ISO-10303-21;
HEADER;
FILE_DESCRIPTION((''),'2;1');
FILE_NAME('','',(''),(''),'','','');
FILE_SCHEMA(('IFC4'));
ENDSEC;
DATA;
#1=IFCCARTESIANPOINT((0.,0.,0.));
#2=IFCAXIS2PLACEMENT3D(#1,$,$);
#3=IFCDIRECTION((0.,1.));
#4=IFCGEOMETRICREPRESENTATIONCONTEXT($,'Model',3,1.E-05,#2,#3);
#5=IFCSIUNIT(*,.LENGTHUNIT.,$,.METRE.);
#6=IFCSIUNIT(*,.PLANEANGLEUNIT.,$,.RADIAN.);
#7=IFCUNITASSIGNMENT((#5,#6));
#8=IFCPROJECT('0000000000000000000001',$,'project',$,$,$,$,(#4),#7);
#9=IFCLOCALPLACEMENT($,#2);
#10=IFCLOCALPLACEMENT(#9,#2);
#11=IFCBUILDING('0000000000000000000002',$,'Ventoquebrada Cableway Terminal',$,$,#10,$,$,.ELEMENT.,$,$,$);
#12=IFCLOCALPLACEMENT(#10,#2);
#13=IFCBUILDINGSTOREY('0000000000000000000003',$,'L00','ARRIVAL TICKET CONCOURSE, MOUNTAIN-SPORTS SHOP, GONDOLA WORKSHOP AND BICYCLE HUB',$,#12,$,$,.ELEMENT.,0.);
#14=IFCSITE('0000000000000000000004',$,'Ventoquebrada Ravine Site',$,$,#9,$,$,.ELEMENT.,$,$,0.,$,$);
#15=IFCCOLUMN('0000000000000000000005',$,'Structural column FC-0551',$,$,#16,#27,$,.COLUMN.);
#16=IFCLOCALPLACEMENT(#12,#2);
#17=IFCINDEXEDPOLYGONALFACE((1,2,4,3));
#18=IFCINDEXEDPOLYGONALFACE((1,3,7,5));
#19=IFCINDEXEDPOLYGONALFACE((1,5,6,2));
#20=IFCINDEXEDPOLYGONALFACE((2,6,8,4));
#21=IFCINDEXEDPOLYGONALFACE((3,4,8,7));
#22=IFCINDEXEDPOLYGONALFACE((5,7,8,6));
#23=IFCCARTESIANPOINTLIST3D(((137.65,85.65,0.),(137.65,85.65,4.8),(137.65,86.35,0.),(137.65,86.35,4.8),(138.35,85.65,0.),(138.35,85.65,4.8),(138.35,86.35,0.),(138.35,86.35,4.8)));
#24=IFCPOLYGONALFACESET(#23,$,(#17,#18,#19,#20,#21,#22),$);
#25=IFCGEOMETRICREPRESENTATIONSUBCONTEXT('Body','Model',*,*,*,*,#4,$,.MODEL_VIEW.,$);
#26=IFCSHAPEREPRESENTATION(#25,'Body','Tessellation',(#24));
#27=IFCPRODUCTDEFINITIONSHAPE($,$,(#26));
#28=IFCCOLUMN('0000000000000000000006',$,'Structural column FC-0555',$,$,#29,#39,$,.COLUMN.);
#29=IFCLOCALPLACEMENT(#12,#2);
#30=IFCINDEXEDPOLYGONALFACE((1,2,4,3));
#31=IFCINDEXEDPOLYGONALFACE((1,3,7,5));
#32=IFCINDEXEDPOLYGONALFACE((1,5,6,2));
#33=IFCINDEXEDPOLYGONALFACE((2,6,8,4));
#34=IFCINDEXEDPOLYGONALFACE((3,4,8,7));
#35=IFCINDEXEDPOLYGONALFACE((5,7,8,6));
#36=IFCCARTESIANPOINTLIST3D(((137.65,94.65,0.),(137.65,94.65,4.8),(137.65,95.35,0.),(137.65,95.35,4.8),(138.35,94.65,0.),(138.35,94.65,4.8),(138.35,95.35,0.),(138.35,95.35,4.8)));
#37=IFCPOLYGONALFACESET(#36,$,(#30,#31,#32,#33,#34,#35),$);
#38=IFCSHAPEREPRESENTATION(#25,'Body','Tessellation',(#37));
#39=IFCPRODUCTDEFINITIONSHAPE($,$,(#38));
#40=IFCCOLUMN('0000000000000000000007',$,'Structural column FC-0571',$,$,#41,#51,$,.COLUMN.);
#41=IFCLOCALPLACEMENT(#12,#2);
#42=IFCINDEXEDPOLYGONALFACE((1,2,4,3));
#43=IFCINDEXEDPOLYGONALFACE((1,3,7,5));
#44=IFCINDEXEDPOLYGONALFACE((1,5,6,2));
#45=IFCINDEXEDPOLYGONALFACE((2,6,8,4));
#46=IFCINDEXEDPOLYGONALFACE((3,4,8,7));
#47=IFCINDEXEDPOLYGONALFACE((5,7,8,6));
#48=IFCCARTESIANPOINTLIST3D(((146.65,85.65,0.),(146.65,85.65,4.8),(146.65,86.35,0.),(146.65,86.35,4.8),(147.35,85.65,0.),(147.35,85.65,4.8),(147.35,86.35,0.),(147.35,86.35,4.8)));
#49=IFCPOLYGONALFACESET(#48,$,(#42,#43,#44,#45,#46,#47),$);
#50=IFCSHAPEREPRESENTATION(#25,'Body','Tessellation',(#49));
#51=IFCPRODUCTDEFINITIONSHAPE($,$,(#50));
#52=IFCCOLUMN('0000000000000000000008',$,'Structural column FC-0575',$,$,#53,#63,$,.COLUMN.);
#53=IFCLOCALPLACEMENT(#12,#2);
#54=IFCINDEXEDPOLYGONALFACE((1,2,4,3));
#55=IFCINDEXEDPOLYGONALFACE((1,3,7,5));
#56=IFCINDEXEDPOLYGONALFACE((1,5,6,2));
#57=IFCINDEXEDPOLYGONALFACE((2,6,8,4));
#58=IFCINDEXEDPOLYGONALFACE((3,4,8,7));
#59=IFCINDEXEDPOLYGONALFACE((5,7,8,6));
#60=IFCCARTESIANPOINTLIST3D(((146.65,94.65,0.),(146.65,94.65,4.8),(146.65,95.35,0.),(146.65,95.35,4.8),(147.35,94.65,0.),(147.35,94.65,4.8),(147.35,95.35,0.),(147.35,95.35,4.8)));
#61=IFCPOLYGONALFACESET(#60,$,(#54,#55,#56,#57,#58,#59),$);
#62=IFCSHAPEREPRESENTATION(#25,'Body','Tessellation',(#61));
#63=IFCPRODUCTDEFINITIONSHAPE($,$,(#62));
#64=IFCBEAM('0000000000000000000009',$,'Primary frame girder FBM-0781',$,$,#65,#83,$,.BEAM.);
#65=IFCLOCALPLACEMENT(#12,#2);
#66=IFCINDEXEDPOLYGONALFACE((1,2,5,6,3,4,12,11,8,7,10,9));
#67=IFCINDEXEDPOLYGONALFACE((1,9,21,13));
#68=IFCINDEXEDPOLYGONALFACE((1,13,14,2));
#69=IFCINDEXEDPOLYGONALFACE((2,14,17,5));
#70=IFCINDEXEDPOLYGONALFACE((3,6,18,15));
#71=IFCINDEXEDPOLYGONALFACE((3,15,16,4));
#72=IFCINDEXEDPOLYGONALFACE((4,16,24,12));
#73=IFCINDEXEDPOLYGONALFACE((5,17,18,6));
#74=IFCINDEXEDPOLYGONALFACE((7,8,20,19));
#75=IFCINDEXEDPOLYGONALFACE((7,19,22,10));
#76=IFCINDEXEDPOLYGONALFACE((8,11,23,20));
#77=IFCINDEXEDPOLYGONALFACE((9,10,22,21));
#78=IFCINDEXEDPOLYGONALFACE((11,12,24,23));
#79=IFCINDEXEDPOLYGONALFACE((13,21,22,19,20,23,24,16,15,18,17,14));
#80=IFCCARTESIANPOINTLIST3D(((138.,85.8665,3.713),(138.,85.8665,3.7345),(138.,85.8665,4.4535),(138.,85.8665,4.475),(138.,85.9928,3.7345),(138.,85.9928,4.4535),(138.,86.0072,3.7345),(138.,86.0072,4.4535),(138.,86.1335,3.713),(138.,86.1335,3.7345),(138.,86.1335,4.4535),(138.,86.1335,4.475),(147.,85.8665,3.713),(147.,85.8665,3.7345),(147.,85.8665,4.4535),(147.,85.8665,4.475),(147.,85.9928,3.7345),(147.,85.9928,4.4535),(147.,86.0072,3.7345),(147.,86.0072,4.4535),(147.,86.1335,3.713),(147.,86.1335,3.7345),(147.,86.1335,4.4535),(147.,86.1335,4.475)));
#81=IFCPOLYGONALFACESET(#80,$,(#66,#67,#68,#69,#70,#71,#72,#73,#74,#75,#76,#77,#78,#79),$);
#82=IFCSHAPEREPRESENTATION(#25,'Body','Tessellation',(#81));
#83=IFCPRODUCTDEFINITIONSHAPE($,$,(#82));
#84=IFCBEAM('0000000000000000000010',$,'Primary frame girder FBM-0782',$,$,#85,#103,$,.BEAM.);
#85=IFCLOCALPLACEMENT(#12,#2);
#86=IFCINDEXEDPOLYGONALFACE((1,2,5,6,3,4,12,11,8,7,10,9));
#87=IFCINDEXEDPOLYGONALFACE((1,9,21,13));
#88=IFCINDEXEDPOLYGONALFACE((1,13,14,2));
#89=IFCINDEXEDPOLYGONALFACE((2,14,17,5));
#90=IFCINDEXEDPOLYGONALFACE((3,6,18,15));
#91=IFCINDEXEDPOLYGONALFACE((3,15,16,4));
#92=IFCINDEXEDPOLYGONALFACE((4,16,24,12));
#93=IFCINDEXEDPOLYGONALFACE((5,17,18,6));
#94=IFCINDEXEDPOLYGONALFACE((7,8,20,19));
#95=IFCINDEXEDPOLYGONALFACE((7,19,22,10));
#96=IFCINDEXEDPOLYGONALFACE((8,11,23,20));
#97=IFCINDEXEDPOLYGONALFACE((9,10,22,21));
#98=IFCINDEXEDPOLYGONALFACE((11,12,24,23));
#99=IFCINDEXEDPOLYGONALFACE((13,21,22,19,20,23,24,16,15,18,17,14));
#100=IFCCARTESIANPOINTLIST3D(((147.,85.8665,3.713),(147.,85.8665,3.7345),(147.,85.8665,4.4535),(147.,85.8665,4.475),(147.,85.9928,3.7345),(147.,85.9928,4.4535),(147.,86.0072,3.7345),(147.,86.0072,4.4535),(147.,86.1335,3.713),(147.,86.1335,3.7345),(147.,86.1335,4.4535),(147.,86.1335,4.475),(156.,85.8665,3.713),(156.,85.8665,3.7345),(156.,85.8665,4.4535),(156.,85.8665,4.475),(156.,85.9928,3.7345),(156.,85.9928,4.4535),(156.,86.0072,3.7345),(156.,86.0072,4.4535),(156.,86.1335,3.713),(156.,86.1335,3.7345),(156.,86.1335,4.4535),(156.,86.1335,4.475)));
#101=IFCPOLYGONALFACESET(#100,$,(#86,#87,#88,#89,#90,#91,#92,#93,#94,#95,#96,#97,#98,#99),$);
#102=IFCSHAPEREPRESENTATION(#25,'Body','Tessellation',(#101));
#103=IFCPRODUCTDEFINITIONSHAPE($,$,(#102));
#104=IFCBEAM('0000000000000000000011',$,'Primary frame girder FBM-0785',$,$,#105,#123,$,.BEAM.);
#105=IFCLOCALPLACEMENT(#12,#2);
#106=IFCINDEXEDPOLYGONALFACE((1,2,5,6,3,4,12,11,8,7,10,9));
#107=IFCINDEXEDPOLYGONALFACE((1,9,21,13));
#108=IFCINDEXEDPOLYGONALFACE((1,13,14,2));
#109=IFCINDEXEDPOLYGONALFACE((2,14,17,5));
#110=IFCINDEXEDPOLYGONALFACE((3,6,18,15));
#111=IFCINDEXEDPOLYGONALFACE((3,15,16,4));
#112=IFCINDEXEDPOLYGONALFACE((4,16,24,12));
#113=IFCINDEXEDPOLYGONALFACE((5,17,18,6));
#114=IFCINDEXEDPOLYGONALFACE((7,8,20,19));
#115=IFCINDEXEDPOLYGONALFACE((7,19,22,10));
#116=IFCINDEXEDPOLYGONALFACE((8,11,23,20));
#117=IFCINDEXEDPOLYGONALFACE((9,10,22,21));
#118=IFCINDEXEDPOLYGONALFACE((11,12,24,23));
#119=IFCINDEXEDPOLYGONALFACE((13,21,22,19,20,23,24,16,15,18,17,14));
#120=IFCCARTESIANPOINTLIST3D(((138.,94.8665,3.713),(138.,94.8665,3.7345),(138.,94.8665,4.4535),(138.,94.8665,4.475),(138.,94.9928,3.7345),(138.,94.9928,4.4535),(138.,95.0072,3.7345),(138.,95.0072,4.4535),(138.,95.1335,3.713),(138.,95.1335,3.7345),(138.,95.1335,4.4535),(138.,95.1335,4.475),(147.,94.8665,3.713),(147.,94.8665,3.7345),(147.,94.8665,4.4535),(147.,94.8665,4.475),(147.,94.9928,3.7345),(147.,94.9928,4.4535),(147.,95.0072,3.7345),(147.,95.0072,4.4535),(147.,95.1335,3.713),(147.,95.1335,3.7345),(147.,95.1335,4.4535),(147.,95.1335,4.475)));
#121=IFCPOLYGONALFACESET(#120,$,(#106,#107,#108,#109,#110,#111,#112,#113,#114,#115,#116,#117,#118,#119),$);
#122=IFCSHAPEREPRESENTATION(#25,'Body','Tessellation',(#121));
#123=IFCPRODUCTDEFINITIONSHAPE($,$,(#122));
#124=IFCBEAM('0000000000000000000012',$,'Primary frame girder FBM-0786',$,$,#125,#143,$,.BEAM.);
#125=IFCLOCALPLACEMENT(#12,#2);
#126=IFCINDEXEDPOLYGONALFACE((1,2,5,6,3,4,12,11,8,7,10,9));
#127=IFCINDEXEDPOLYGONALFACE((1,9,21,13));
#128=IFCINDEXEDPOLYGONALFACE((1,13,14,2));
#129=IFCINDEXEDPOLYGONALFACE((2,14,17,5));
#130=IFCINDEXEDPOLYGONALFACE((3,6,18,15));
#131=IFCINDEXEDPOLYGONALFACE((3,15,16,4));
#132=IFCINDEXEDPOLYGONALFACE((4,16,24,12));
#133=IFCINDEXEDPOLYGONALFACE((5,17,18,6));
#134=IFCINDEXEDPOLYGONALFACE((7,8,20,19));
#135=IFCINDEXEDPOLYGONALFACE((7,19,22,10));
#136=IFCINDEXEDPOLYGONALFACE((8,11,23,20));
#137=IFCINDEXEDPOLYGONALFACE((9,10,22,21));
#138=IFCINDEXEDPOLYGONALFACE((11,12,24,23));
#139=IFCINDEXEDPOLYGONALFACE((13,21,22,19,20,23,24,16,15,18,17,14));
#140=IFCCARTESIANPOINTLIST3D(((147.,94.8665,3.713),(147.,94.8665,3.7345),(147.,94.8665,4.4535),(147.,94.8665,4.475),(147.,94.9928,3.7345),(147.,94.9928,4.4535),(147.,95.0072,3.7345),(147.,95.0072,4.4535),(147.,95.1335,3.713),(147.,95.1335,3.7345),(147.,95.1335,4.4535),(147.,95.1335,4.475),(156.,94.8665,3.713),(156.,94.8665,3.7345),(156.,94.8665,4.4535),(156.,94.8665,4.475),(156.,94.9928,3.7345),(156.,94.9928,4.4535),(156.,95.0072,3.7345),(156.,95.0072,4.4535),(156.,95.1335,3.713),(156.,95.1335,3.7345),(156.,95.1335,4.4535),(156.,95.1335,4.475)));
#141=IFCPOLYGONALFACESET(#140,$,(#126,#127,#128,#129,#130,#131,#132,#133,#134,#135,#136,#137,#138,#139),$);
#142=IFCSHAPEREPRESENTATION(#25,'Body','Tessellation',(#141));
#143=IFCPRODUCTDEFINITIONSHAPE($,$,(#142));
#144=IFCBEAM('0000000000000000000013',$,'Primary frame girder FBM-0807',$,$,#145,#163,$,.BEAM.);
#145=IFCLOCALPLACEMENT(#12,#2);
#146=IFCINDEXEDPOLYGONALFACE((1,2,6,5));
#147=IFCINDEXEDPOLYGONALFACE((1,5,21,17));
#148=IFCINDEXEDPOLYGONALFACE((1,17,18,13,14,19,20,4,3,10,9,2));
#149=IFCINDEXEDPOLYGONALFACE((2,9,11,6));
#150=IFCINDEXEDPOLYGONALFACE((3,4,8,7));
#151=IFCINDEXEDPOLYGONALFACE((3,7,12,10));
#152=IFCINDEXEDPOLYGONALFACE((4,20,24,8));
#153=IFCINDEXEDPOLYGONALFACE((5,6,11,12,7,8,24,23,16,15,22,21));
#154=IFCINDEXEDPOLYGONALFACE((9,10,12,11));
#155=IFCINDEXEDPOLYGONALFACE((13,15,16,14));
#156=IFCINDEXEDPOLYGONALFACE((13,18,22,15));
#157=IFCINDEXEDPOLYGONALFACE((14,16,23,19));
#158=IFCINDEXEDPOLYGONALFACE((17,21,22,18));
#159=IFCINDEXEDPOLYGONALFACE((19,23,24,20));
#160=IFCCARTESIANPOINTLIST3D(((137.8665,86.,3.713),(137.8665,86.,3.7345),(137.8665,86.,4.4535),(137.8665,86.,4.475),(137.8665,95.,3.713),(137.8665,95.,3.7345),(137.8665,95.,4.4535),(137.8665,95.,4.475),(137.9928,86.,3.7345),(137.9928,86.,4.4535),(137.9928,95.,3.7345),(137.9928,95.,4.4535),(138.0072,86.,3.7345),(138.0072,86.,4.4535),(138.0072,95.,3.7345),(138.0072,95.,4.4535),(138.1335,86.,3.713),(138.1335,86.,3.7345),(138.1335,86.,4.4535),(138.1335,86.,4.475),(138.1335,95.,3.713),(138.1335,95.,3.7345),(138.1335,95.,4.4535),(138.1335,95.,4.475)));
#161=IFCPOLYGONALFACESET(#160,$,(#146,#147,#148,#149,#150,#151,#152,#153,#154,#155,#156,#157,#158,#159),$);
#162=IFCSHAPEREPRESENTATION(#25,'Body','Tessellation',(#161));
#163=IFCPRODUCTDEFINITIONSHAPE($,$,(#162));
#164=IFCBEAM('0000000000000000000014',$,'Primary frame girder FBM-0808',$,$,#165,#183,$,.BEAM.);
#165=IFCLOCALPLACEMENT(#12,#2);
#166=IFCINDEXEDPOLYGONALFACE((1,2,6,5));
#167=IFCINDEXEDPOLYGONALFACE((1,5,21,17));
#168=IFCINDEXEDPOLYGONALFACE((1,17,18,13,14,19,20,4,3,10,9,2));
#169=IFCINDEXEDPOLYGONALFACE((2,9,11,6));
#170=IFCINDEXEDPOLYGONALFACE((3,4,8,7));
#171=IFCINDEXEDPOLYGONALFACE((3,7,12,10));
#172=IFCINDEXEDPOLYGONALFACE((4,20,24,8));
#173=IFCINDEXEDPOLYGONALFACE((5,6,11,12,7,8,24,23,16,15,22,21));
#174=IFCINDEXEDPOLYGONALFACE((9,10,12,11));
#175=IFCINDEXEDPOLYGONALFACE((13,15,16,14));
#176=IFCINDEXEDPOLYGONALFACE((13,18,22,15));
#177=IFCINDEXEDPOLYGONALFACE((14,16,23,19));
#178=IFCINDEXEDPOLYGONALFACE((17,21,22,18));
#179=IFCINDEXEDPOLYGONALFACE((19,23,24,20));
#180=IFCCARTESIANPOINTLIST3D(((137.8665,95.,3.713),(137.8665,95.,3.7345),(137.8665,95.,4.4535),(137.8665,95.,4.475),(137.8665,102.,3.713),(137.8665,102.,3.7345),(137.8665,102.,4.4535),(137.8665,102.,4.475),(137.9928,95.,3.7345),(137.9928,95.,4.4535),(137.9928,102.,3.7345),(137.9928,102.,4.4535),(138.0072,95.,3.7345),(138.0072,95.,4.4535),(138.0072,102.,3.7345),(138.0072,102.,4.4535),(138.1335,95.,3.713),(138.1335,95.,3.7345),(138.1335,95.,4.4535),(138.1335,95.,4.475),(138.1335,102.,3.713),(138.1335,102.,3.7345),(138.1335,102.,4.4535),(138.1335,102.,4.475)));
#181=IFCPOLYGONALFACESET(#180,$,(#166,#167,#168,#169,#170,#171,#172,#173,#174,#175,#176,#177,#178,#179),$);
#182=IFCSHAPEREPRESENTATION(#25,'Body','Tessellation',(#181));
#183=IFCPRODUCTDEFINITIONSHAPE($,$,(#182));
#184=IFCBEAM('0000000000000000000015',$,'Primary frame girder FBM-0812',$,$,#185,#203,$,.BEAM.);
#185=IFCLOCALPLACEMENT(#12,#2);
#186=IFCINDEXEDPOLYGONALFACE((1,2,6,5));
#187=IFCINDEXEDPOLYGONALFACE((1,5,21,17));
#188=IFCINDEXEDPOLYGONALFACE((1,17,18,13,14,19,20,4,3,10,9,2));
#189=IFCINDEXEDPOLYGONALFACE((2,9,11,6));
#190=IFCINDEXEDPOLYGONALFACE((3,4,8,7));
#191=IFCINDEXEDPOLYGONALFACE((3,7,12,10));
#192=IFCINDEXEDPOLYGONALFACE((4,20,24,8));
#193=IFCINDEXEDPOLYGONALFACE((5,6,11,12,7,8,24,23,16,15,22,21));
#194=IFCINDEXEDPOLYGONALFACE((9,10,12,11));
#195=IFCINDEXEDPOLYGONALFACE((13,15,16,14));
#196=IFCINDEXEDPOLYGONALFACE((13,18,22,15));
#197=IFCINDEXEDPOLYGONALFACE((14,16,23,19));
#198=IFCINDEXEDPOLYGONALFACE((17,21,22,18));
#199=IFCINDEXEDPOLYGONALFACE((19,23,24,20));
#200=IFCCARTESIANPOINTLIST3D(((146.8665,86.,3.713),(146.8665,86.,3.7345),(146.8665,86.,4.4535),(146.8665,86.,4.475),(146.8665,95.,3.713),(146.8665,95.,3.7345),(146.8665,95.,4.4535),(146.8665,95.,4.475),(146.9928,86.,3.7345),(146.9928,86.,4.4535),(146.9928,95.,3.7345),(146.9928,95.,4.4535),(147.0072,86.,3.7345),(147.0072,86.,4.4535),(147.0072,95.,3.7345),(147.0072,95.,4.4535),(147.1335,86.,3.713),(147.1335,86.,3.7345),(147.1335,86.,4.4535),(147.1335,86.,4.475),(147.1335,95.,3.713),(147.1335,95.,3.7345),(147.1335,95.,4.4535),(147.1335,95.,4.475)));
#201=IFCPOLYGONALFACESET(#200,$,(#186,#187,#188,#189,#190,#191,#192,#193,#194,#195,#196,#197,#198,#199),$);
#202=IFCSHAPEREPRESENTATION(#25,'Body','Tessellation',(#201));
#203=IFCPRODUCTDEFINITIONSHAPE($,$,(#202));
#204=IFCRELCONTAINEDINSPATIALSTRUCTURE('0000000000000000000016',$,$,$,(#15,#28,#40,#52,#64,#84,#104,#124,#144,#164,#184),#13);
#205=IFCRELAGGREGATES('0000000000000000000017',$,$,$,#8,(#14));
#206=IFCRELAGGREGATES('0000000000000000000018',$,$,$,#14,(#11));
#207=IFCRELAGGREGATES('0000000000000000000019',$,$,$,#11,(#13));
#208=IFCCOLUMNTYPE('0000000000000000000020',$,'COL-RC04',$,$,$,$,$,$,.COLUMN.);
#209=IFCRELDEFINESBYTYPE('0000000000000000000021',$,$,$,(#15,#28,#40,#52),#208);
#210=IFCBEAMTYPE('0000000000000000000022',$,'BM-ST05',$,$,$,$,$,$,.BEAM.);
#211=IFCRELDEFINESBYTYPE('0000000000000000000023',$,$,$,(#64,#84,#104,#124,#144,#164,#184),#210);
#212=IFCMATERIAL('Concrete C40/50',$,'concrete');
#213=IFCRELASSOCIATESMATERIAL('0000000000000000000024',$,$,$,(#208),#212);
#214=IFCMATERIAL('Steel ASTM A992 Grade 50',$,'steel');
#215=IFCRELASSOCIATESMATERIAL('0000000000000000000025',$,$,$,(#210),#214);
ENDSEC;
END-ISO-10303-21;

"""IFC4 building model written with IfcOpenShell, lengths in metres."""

from ifc_helpers import new_model, si_unit, direction, frame, origin, origin_2d, place, context, subcontext, project, spatial, rectangle, i_section, extrude, material, material_profile, profile_set, type_object, element, save


model = new_model("IFC4")

# Units and contexts
model_context = context("Model", 3, precision=1e-05, world=origin(), true_north=direction((0.0, 1.0)))
body_context = subcontext(model_context, "Body", "Model", "MODEL_VIEW")
ifc_project = project(units=[si_unit("LENGTHUNIT", "METRE"), si_unit("PLANEANGLEUNIT", "RADIAN")], contexts=[model_context])

# Site, building, storey
site_placement = place(None, origin())
site = spatial("IfcSite", under=ifc_project, at=site_placement, Name="Ventoquebrada Ravine Site", CompositionType="ELEMENT", RefElevation=0.0)
building_placement = place(site_placement, origin())
building = spatial("IfcBuilding", under=site, at=building_placement, Name="Ventoquebrada Cableway Terminal", CompositionType="ELEMENT")
storey_placement = place(building_placement, origin())
storey = spatial("IfcBuildingStorey", under=building, at=storey_placement, Name="L00", Description="ARRIVAL TICKET CONCOURSE, MOUNTAIN-SPORTS SHOP, GONDOLA WORKSHOP AND BICYCLE HUB", CompositionType="ELEMENT", Elevation=0.0)

# Columns
ifc_material_1 = material(Name="Concrete C40/50", Category="concrete")
ifc_material_profile_1 = material_profile(ifc_material_1, rectangle(XDim=0.7, YDim=0.7, at=origin_2d()), Name="RC-COL-700X700")
ifc_profile_set_1 = profile_set([ifc_material_profile_1], Name="Concrete C40/50")
column_type = type_object("IfcColumnType", Name="COL-RC04", PredefinedType="COLUMN", material=ifc_profile_set_1)
for number, where, z_axis, x_axis, name in (
    (1, (138.0, 86.0, 0.0), (0.0, 0.0, 1.0), (1.0, 0.0, 0.0), "Structural column FC-0551"),
    (2, (138.0, 95.0, 0.0), (0.0, 0.0, 1.0), (1.0, 0.0, 0.0), "Structural column FC-0555"),
    (3, (147.0, 86.0, 0.0), (0.0, 0.0, 1.0), (1.0, 0.0, 0.0), "Structural column FC-0571"),
    (4, (147.0, 95.0, 0.0), (0.0, 0.0, 1.0), (1.0, 0.0, 0.0), "Structural column FC-0575"),
):
    element("IfcColumn", number, at=place(storey_placement, frame(where, z_axis=z_axis, x_axis=x_axis)), inside=storey, type_object=column_type, Name=name, PredefinedType="COLUMN", context=body_context, shape_type="SweptSolid", body=[
        extrude(rectangle(XDim=0.7, YDim=0.7, at=origin_2d()), origin(), (0.0, 0.0, 1.0), 4.8),
    ])

# Beams
ifc_material_2 = material(Name="Steel ASTM A992 Grade 50", Category="steel")
ifc_material_profile_2 = material_profile(ifc_material_2, i_section(OverallWidth=0.2671, OverallDepth=0.762, WebThickness=0.0144, FlangeThickness=0.0215, at=origin_2d()), Name="W30X116")
ifc_profile_set_2 = profile_set([ifc_material_profile_2], Name="Steel ASTM A992 Grade 50")
beam_type = type_object("IfcBeamType", Name="BM-ST05", PredefinedType="BEAM", material=ifc_profile_set_2)
for number, where, z_axis, x_axis, name in (
    (5, (138.0, 86.0, 4.094), (1.0, 0.0, 0.0), (0.0, 1.0, 0.0), "Primary frame girder FBM-0781"),
    (6, (147.0, 86.0, 4.094), (1.0, 0.0, 0.0), (0.0, 1.0, 0.0), "Primary frame girder FBM-0782"),
    (7, (138.0, 95.0, 4.094), (1.0, 0.0, 0.0), (0.0, 1.0, 0.0), "Primary frame girder FBM-0785"),
    (8, (147.0, 95.0, 4.094), (1.0, 0.0, 0.0), (0.0, 1.0, 0.0), "Primary frame girder FBM-0786"),
    (9, (138.0, 86.0, 4.094), (0.0, 1.0, 0.0), (-1.0, 0.0, 0.0), "Primary frame girder FBM-0807"),
):
    element("IfcBeam", number, at=place(storey_placement, frame(where, z_axis=z_axis, x_axis=x_axis)), inside=storey, type_object=beam_type, Name=name, PredefinedType="BEAM", context=body_context, shape_type="SweptSolid", body=[
        extrude(i_section(OverallWidth=0.2671, OverallDepth=0.762, WebThickness=0.0144, FlangeThickness=0.0215, at=origin_2d()), origin(), (0.0, 0.0, 1.0), 9.0),
    ])
beam_1_placement = place(storey_placement, frame((138.0, 95.0, 4.094), z_axis=(0.0, 1.0, 0.0), x_axis=(-1.0, 0.0, 0.0)))
element("IfcBeam", 10, at=beam_1_placement, inside=storey, type_object=beam_type, Name="Primary frame girder FBM-0808", PredefinedType="BEAM", context=body_context, shape_type="SweptSolid", body=[
    extrude(i_section(OverallWidth=0.2671, OverallDepth=0.762, WebThickness=0.0144, FlangeThickness=0.0215, at=origin_2d()), origin(), (0.0, 0.0, 1.0), 7.0),
])
beam_2_placement = place(storey_placement, frame((147.0, 86.0, 4.094), z_axis=(0.0, 1.0, 0.0), x_axis=(-1.0, 0.0, 0.0)))
element("IfcBeam", 11, at=beam_2_placement, inside=storey, type_object=beam_type, Name="Primary frame girder FBM-0812", PredefinedType="BEAM", context=body_context, shape_type="SweptSolid", body=[
    extrude(i_section(OverallWidth=0.2671, OverallDepth=0.762, WebThickness=0.0144, FlangeThickness=0.0215, at=origin_2d()), origin(), (0.0, 0.0, 1.0), 9.0),
])

save(model, "model.ifc")
